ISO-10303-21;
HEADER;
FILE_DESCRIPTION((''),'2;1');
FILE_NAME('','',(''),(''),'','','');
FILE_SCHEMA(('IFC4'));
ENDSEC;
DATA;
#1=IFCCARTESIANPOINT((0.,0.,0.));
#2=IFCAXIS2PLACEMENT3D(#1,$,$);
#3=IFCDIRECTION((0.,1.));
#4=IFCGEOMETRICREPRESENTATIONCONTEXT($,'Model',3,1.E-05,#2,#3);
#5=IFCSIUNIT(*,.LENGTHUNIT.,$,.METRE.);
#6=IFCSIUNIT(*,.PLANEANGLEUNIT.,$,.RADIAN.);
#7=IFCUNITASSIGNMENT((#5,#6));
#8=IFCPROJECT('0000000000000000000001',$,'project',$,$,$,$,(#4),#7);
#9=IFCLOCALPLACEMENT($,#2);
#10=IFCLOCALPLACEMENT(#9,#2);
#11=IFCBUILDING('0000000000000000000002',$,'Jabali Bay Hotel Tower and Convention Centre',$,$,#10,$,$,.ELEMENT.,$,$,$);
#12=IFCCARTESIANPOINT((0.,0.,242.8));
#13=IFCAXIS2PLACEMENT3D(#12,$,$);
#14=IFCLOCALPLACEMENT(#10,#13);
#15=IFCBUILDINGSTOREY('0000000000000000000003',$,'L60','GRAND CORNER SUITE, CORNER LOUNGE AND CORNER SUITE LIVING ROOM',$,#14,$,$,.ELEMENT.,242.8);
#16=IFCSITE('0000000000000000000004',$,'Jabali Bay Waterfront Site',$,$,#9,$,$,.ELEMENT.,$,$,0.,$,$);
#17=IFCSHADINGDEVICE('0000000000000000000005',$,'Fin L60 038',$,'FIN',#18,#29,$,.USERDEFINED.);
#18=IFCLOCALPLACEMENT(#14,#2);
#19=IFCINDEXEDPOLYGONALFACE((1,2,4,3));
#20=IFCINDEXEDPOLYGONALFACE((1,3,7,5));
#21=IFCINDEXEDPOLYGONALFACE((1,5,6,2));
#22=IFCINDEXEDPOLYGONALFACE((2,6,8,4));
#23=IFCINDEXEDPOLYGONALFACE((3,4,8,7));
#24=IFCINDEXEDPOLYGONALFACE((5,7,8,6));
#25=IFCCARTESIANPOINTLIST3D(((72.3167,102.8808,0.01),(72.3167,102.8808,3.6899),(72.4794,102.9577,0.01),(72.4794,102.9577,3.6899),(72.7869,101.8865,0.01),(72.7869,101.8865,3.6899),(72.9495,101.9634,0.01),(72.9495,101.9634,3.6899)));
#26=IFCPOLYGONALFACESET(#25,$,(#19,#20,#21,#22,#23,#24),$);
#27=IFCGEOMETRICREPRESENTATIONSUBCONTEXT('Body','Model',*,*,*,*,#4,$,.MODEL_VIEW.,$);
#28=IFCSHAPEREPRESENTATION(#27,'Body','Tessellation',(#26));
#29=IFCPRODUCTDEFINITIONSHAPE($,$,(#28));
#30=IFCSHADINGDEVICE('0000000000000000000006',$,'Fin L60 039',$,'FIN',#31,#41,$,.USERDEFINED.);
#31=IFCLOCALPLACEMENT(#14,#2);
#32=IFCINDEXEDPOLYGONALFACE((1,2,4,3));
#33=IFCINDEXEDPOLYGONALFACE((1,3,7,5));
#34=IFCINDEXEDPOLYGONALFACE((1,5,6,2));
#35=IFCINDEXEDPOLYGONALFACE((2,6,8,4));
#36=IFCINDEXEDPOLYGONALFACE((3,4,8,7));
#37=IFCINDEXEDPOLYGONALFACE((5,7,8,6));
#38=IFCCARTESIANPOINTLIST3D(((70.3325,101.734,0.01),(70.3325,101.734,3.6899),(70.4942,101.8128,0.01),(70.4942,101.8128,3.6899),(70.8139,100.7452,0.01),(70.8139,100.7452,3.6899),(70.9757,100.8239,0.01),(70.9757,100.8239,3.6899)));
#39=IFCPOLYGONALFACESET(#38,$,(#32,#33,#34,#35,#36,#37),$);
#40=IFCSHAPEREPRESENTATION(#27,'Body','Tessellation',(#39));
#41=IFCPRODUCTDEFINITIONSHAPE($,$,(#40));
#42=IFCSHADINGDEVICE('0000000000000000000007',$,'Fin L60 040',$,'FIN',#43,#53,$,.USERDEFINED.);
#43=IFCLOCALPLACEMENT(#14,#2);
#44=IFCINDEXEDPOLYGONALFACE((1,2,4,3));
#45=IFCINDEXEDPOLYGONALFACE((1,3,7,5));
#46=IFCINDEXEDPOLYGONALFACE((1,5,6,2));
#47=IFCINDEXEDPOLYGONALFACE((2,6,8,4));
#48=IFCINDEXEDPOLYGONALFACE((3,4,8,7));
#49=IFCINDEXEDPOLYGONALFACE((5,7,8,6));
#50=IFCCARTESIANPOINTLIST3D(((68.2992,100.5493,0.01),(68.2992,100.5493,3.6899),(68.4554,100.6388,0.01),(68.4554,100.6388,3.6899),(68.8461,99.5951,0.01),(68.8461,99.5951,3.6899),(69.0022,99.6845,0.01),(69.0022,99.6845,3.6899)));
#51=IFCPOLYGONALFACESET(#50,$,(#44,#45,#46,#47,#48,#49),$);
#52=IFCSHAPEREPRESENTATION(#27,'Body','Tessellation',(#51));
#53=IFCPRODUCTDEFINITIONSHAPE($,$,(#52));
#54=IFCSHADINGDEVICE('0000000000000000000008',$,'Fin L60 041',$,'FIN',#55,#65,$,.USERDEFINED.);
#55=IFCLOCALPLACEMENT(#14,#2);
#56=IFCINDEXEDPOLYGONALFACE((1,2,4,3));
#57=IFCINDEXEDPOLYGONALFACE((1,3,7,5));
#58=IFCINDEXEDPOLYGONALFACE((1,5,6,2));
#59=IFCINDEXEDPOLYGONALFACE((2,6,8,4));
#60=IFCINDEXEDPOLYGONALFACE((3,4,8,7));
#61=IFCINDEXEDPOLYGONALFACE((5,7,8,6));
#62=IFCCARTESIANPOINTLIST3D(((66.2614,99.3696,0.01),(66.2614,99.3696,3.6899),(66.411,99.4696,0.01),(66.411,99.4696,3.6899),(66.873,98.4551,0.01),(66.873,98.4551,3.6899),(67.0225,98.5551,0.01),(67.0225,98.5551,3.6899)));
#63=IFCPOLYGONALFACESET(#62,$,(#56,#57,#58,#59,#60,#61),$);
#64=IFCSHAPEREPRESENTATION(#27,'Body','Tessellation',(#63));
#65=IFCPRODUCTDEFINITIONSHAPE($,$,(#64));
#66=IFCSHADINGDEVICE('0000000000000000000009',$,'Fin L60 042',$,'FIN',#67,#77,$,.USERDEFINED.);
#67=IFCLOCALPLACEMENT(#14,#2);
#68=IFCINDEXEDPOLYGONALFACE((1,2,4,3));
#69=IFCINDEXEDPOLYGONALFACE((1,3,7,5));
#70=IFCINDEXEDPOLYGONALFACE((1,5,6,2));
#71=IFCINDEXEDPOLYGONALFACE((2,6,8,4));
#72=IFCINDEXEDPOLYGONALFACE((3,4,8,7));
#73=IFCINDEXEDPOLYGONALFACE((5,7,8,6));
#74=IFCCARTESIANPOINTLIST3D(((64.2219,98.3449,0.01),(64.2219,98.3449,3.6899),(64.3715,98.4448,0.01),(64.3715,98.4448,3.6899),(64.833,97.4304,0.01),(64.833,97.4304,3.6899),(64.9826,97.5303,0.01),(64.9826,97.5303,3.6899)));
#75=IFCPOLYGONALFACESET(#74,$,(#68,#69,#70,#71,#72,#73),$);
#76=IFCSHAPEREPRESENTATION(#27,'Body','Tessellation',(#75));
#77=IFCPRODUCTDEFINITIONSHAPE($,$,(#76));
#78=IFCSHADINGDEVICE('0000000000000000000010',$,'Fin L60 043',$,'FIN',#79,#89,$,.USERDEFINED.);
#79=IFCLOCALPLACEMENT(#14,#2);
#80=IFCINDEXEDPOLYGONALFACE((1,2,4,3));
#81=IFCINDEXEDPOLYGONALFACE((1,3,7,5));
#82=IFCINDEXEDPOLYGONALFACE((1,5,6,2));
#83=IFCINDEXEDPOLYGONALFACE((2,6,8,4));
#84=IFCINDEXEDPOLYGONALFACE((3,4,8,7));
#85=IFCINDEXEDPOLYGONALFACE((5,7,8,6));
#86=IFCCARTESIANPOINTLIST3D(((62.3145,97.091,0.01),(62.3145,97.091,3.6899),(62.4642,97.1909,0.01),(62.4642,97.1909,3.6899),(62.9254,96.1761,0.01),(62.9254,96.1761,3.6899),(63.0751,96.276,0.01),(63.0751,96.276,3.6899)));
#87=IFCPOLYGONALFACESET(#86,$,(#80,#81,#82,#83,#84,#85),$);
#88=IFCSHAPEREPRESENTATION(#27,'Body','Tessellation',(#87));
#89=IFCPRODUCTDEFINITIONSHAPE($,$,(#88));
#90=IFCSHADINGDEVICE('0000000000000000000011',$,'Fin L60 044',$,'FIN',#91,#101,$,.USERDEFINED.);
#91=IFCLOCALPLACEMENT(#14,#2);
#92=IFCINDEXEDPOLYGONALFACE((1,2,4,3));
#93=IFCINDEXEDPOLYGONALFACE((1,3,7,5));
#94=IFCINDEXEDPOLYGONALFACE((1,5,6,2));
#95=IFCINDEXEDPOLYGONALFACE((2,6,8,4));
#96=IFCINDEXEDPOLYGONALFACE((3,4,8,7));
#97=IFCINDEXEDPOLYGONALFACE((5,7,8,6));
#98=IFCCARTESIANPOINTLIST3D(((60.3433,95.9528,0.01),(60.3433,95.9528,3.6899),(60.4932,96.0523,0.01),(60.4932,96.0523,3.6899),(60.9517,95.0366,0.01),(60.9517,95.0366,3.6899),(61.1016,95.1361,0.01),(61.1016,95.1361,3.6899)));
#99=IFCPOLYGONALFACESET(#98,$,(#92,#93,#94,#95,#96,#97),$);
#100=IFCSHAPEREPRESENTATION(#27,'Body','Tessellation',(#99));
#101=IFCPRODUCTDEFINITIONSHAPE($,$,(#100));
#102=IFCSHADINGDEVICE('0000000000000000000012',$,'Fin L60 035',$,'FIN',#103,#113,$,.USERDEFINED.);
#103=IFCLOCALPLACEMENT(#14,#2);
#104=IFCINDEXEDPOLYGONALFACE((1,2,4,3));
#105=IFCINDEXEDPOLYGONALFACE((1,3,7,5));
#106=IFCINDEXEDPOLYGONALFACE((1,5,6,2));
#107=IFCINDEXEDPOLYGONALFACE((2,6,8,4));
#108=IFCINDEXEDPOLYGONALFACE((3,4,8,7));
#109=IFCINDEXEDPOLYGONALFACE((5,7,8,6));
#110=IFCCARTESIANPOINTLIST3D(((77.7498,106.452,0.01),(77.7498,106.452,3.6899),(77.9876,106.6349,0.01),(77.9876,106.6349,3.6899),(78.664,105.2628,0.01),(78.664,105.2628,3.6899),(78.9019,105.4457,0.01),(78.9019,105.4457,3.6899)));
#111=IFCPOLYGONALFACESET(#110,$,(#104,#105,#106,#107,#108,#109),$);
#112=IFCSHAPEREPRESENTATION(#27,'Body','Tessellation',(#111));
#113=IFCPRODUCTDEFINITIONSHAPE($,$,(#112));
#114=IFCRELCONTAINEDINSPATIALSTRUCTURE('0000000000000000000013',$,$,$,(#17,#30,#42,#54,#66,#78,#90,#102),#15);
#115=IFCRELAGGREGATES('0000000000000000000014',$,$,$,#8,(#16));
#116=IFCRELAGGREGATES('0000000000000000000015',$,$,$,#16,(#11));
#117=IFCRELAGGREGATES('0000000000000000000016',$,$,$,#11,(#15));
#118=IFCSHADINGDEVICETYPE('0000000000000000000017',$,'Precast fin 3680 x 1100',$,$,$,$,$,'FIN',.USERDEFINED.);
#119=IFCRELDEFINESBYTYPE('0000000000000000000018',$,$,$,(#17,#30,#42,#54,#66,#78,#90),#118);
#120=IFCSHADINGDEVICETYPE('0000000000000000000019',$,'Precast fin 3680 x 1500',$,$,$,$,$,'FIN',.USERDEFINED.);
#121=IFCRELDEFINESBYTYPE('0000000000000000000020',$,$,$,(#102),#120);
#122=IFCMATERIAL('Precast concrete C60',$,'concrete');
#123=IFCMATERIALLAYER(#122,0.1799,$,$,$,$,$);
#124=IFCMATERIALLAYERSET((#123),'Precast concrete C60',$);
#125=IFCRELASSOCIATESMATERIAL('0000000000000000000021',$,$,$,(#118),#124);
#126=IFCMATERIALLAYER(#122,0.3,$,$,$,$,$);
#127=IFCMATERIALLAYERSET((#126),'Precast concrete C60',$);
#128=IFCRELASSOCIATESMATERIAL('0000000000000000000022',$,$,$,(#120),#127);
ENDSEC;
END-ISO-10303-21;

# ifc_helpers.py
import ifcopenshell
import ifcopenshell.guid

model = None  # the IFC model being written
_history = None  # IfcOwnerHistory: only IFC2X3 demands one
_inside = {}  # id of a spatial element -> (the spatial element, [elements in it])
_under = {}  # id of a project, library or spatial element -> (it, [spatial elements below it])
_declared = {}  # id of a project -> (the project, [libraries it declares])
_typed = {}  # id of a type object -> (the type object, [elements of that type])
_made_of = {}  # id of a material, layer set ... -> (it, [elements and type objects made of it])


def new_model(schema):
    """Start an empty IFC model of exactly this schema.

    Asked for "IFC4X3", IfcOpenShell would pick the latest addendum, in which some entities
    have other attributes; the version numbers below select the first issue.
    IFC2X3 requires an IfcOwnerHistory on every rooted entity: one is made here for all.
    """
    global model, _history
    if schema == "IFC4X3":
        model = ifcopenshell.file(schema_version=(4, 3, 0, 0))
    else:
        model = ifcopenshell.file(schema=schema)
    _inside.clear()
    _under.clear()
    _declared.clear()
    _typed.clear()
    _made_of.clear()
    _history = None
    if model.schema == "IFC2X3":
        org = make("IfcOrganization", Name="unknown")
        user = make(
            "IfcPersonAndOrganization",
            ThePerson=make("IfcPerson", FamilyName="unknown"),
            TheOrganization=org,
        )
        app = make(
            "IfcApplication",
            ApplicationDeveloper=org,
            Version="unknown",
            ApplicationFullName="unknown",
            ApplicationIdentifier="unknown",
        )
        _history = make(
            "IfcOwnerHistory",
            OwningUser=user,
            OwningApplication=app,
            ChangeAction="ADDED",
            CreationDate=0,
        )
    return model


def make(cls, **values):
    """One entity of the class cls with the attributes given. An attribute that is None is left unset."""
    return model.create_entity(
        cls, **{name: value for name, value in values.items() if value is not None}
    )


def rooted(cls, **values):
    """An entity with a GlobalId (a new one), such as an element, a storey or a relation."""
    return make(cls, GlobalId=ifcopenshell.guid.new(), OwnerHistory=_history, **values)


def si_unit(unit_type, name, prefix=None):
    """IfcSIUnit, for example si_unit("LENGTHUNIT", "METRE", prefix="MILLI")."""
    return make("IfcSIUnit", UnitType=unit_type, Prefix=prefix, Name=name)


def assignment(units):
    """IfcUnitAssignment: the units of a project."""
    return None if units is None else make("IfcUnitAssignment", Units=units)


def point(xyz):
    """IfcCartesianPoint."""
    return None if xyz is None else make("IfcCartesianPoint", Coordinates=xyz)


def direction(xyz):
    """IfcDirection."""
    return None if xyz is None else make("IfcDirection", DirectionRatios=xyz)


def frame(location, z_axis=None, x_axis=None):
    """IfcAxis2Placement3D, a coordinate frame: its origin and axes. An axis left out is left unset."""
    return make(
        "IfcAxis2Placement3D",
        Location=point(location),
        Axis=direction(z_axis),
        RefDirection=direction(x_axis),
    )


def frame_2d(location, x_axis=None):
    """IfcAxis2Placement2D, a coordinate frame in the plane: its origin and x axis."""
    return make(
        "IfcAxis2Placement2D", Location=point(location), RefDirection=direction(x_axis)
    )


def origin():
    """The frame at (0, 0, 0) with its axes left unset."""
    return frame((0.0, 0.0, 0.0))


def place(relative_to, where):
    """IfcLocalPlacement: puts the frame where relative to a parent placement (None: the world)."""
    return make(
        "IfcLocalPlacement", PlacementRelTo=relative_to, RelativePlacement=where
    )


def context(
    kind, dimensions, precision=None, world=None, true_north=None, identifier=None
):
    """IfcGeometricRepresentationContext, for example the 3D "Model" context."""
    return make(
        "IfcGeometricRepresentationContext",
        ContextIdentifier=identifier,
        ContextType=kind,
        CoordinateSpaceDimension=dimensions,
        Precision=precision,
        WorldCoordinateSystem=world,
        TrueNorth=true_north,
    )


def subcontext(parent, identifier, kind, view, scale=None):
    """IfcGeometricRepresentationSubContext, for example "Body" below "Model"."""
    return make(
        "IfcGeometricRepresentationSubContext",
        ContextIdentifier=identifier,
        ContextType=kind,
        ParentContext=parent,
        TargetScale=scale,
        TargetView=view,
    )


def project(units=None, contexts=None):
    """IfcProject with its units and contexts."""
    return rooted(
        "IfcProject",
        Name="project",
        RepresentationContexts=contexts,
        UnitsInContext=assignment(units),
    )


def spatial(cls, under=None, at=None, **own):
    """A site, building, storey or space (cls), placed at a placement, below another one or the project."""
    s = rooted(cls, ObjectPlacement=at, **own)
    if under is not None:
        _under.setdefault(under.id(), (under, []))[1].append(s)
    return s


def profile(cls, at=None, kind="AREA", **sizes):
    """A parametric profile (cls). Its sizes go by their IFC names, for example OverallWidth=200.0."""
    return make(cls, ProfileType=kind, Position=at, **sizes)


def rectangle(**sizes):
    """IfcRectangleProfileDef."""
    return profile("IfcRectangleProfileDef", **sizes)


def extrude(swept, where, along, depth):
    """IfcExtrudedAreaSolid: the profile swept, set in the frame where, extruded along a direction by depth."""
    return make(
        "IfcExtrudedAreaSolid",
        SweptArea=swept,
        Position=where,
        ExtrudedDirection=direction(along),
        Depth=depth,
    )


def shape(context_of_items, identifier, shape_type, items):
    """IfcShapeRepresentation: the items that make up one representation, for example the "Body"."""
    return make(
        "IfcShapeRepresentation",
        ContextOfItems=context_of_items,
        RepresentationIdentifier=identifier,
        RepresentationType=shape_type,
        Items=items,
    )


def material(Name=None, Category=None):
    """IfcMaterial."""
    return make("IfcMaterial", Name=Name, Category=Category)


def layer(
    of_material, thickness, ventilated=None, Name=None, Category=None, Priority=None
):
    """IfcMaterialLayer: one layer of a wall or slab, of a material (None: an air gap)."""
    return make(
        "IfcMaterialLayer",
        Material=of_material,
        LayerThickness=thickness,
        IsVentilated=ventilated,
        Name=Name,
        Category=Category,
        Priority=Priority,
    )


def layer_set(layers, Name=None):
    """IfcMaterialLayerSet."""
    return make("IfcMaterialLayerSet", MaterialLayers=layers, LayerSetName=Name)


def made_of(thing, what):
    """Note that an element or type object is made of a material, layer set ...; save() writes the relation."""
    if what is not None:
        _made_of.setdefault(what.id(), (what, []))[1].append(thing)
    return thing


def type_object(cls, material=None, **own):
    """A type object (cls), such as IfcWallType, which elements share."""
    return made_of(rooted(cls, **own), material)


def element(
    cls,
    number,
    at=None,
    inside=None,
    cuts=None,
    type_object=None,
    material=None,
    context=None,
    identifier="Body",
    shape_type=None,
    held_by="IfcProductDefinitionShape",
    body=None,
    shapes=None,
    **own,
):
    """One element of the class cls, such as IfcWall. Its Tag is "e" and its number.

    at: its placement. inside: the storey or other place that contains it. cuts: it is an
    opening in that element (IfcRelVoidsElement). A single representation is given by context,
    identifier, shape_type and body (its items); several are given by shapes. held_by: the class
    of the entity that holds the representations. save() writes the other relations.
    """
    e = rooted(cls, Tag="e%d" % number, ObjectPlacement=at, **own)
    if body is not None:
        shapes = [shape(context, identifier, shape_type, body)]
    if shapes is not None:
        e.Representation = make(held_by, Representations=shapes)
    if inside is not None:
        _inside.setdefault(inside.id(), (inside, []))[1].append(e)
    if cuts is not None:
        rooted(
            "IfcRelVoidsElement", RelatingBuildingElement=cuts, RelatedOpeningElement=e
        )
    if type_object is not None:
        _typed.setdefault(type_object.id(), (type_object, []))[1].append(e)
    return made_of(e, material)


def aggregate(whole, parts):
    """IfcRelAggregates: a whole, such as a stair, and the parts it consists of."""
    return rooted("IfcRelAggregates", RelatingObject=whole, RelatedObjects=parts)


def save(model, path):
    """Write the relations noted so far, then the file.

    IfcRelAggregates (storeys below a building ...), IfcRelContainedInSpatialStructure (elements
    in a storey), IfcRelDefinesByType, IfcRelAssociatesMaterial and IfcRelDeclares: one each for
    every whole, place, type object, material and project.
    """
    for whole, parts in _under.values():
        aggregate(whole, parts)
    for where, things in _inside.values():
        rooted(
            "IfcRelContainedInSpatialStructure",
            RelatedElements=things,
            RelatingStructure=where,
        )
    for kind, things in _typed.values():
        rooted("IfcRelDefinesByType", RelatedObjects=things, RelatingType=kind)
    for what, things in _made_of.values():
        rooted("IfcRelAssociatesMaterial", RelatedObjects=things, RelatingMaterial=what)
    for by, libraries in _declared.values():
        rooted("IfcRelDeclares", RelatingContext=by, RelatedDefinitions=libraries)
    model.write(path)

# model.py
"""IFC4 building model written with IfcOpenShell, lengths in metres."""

from ifc_helpers import new_model, si_unit, direction, frame, frame_2d, origin, place, context, subcontext, project, spatial, rectangle, extrude, material, layer, layer_set, type_object, element, save


model = new_model("IFC4")

# Units and contexts
model_context = context("Model", 3, precision=1e-05, world=origin(), true_north=direction((0.0, 1.0)))
body_context = subcontext(model_context, "Body", "Model", "MODEL_VIEW")
ifc_project = project(units=[si_unit("LENGTHUNIT", "METRE"), si_unit("PLANEANGLEUNIT", "RADIAN")], contexts=[model_context])

# Site, building, storey
site_placement = place(None, origin())
site = spatial("IfcSite", under=ifc_project, at=site_placement, Name="Jabali Bay Waterfront Site", CompositionType="ELEMENT", RefElevation=0.0)
building_placement = place(site_placement, origin())
building = spatial("IfcBuilding", under=site, at=building_placement, Name="Jabali Bay Hotel Tower and Convention Centre", CompositionType="ELEMENT")
storey_placement = place(building_placement, frame((0.0, 0.0, 242.8)))
storey = spatial("IfcBuildingStorey", under=building, at=storey_placement, Name="L60", Description="GRAND CORNER SUITE, CORNER LOUNGE AND CORNER SUITE LIVING ROOM", CompositionType="ELEMENT", Elevation=242.8)

# Shading devices
ifc_material_1 = material(Name="Precast concrete C60", Category="concrete")
ifc_layer_1 = layer(ifc_material_1, 0.1799)
ifc_layer_set_1 = layer_set([ifc_layer_1], Name="Precast concrete C60")
shading_device_type_1 = type_object("IfcShadingDeviceType", Name="Precast fin 3680 x 1100", ElementType="FIN", PredefinedType="USERDEFINED", material=ifc_layer_set_1)
for number, where, z_axis, x_axis, name in (
    (1, (72.8682, 101.925, 0.01), (0.0, 0.0, 1.0), (-0.427485, 0.904022, 0.0), "Fin L60 038"),
    (2, (70.8948, 100.7847, 0.01), (0.0, 0.0, 1.0), (-0.437776, 0.899084, 0.0), "Fin L60 039"),
    (3, (68.9241, 99.6399, 0.01), (0.0, 0.0, 1.0), (-0.49719, 0.867642, 0.0), "Fin L60 040"),
):
    element("IfcShadingDevice", number, at=place(storey_placement, frame(where, z_axis=z_axis, x_axis=x_axis)), inside=storey, type_object=shading_device_type_1, Name=name, ObjectType="FIN", PredefinedType="USERDEFINED", context=body_context, shape_type="SweptSolid", body=[
        extrude(rectangle(XDim=1.0999, YDim=0.1799, at=frame_2d((0.5498, 0.0))), origin(), (0.0, 0.0, 1.0), 3.6799),
    ])
shading_device_1_placement = place(storey_placement, frame((66.9478, 98.5051, 0.01), z_axis=(0.0, 0.0, 1.0), x_axis=(-0.555877, 0.831264, 0.0)))
element("IfcShadingDevice", 4, at=shading_device_1_placement, inside=storey, type_object=shading_device_type_1, Name="Fin L60 041", ObjectType="FIN", PredefinedType="USERDEFINED", context=body_context, shape_type="SweptSolid", body=[
    extrude(rectangle(XDim=1.1001, YDim=0.1799, at=frame_2d((0.55, 0.0))), origin(), (0.0, 0.0, 1.0), 3.6799),
])
shading_device_2_placement = place(storey_placement, frame((64.9077, 97.4805, 0.01), z_axis=(0.0, 0.0, 1.0), x_axis=(-0.555571, 0.831469, 0.0)))
element("IfcShadingDevice", 5, at=shading_device_2_placement, inside=storey, type_object=shading_device_type_1, Name="Fin L60 042", ObjectType="FIN", PredefinedType="USERDEFINED", context=body_context, shape_type="SweptSolid", body=[
    extrude(rectangle(XDim=1.0999, YDim=0.1799, at=frame_2d((0.5498, 0.0))), origin(), (0.0, 0.0, 1.0), 3.6799),
])
shading_device_3_placement = place(storey_placement, frame((63.0002, 96.2261, 0.01), z_axis=(0.0, 0.0, 1.0), x_axis=(-0.555315, 0.83164, 0.0)))
element("IfcShadingDevice", 6, at=shading_device_3_placement, inside=storey, type_object=shading_device_type_1, Name="Fin L60 043", ObjectType="FIN", PredefinedType="USERDEFINED", context=body_context, shape_type="SweptSolid", body=[
    extrude(rectangle(XDim=1.1001, YDim=0.1799, at=frame_2d((0.55, 0.0))), origin(), (0.0, 0.0, 1.0), 3.6799),
])
shading_device_4_placement = place(storey_placement, frame((61.0266, 95.0864, 0.01), z_axis=(0.0, 0.0, 1.0), x_axis=(-0.553162, 0.833073, 0.0)))
element("IfcShadingDevice", 7, at=shading_device_4_placement, inside=storey, type_object=shading_device_type_1, Name="Fin L60 044", ObjectType="FIN", PredefinedType="USERDEFINED", context=body_context, shape_type="SweptSolid", body=[
    extrude(rectangle(XDim=1.0999, YDim=0.1799, at=frame_2d((0.5498, 0.0))), origin(), (0.0, 0.0, 1.0), 3.6799),
])
ifc_layer_2 = layer(ifc_material_1, 0.3)
ifc_layer_set_2 = layer_set([ifc_layer_2], Name="Precast concrete C60")
shading_device_type_2 = type_object("IfcShadingDeviceType", Name="Precast fin 3680 x 1500", ElementType="FIN", PredefinedType="USERDEFINED", material=ifc_layer_set_2)
shading_device_5_placement = place(storey_placement, frame((78.783, 105.3542, 0.01), z_axis=(0.0, 0.0, 1.0), x_axis=(-0.609514, 0.792775, 0.0)))
element("IfcShadingDevice", 8, at=shading_device_5_placement, inside=storey, type_object=shading_device_type_2, Name="Fin L60 035", ObjectType="FIN", PredefinedType="USERDEFINED", context=body_context, shape_type="SweptSolid", body=[
    extrude(rectangle(XDim=1.5, YDim=0.3, at=frame_2d((0.75, 0.0))), origin(), (0.0, 0.0, 1.0), 3.6799),
])

save(model, "model.ifc")
